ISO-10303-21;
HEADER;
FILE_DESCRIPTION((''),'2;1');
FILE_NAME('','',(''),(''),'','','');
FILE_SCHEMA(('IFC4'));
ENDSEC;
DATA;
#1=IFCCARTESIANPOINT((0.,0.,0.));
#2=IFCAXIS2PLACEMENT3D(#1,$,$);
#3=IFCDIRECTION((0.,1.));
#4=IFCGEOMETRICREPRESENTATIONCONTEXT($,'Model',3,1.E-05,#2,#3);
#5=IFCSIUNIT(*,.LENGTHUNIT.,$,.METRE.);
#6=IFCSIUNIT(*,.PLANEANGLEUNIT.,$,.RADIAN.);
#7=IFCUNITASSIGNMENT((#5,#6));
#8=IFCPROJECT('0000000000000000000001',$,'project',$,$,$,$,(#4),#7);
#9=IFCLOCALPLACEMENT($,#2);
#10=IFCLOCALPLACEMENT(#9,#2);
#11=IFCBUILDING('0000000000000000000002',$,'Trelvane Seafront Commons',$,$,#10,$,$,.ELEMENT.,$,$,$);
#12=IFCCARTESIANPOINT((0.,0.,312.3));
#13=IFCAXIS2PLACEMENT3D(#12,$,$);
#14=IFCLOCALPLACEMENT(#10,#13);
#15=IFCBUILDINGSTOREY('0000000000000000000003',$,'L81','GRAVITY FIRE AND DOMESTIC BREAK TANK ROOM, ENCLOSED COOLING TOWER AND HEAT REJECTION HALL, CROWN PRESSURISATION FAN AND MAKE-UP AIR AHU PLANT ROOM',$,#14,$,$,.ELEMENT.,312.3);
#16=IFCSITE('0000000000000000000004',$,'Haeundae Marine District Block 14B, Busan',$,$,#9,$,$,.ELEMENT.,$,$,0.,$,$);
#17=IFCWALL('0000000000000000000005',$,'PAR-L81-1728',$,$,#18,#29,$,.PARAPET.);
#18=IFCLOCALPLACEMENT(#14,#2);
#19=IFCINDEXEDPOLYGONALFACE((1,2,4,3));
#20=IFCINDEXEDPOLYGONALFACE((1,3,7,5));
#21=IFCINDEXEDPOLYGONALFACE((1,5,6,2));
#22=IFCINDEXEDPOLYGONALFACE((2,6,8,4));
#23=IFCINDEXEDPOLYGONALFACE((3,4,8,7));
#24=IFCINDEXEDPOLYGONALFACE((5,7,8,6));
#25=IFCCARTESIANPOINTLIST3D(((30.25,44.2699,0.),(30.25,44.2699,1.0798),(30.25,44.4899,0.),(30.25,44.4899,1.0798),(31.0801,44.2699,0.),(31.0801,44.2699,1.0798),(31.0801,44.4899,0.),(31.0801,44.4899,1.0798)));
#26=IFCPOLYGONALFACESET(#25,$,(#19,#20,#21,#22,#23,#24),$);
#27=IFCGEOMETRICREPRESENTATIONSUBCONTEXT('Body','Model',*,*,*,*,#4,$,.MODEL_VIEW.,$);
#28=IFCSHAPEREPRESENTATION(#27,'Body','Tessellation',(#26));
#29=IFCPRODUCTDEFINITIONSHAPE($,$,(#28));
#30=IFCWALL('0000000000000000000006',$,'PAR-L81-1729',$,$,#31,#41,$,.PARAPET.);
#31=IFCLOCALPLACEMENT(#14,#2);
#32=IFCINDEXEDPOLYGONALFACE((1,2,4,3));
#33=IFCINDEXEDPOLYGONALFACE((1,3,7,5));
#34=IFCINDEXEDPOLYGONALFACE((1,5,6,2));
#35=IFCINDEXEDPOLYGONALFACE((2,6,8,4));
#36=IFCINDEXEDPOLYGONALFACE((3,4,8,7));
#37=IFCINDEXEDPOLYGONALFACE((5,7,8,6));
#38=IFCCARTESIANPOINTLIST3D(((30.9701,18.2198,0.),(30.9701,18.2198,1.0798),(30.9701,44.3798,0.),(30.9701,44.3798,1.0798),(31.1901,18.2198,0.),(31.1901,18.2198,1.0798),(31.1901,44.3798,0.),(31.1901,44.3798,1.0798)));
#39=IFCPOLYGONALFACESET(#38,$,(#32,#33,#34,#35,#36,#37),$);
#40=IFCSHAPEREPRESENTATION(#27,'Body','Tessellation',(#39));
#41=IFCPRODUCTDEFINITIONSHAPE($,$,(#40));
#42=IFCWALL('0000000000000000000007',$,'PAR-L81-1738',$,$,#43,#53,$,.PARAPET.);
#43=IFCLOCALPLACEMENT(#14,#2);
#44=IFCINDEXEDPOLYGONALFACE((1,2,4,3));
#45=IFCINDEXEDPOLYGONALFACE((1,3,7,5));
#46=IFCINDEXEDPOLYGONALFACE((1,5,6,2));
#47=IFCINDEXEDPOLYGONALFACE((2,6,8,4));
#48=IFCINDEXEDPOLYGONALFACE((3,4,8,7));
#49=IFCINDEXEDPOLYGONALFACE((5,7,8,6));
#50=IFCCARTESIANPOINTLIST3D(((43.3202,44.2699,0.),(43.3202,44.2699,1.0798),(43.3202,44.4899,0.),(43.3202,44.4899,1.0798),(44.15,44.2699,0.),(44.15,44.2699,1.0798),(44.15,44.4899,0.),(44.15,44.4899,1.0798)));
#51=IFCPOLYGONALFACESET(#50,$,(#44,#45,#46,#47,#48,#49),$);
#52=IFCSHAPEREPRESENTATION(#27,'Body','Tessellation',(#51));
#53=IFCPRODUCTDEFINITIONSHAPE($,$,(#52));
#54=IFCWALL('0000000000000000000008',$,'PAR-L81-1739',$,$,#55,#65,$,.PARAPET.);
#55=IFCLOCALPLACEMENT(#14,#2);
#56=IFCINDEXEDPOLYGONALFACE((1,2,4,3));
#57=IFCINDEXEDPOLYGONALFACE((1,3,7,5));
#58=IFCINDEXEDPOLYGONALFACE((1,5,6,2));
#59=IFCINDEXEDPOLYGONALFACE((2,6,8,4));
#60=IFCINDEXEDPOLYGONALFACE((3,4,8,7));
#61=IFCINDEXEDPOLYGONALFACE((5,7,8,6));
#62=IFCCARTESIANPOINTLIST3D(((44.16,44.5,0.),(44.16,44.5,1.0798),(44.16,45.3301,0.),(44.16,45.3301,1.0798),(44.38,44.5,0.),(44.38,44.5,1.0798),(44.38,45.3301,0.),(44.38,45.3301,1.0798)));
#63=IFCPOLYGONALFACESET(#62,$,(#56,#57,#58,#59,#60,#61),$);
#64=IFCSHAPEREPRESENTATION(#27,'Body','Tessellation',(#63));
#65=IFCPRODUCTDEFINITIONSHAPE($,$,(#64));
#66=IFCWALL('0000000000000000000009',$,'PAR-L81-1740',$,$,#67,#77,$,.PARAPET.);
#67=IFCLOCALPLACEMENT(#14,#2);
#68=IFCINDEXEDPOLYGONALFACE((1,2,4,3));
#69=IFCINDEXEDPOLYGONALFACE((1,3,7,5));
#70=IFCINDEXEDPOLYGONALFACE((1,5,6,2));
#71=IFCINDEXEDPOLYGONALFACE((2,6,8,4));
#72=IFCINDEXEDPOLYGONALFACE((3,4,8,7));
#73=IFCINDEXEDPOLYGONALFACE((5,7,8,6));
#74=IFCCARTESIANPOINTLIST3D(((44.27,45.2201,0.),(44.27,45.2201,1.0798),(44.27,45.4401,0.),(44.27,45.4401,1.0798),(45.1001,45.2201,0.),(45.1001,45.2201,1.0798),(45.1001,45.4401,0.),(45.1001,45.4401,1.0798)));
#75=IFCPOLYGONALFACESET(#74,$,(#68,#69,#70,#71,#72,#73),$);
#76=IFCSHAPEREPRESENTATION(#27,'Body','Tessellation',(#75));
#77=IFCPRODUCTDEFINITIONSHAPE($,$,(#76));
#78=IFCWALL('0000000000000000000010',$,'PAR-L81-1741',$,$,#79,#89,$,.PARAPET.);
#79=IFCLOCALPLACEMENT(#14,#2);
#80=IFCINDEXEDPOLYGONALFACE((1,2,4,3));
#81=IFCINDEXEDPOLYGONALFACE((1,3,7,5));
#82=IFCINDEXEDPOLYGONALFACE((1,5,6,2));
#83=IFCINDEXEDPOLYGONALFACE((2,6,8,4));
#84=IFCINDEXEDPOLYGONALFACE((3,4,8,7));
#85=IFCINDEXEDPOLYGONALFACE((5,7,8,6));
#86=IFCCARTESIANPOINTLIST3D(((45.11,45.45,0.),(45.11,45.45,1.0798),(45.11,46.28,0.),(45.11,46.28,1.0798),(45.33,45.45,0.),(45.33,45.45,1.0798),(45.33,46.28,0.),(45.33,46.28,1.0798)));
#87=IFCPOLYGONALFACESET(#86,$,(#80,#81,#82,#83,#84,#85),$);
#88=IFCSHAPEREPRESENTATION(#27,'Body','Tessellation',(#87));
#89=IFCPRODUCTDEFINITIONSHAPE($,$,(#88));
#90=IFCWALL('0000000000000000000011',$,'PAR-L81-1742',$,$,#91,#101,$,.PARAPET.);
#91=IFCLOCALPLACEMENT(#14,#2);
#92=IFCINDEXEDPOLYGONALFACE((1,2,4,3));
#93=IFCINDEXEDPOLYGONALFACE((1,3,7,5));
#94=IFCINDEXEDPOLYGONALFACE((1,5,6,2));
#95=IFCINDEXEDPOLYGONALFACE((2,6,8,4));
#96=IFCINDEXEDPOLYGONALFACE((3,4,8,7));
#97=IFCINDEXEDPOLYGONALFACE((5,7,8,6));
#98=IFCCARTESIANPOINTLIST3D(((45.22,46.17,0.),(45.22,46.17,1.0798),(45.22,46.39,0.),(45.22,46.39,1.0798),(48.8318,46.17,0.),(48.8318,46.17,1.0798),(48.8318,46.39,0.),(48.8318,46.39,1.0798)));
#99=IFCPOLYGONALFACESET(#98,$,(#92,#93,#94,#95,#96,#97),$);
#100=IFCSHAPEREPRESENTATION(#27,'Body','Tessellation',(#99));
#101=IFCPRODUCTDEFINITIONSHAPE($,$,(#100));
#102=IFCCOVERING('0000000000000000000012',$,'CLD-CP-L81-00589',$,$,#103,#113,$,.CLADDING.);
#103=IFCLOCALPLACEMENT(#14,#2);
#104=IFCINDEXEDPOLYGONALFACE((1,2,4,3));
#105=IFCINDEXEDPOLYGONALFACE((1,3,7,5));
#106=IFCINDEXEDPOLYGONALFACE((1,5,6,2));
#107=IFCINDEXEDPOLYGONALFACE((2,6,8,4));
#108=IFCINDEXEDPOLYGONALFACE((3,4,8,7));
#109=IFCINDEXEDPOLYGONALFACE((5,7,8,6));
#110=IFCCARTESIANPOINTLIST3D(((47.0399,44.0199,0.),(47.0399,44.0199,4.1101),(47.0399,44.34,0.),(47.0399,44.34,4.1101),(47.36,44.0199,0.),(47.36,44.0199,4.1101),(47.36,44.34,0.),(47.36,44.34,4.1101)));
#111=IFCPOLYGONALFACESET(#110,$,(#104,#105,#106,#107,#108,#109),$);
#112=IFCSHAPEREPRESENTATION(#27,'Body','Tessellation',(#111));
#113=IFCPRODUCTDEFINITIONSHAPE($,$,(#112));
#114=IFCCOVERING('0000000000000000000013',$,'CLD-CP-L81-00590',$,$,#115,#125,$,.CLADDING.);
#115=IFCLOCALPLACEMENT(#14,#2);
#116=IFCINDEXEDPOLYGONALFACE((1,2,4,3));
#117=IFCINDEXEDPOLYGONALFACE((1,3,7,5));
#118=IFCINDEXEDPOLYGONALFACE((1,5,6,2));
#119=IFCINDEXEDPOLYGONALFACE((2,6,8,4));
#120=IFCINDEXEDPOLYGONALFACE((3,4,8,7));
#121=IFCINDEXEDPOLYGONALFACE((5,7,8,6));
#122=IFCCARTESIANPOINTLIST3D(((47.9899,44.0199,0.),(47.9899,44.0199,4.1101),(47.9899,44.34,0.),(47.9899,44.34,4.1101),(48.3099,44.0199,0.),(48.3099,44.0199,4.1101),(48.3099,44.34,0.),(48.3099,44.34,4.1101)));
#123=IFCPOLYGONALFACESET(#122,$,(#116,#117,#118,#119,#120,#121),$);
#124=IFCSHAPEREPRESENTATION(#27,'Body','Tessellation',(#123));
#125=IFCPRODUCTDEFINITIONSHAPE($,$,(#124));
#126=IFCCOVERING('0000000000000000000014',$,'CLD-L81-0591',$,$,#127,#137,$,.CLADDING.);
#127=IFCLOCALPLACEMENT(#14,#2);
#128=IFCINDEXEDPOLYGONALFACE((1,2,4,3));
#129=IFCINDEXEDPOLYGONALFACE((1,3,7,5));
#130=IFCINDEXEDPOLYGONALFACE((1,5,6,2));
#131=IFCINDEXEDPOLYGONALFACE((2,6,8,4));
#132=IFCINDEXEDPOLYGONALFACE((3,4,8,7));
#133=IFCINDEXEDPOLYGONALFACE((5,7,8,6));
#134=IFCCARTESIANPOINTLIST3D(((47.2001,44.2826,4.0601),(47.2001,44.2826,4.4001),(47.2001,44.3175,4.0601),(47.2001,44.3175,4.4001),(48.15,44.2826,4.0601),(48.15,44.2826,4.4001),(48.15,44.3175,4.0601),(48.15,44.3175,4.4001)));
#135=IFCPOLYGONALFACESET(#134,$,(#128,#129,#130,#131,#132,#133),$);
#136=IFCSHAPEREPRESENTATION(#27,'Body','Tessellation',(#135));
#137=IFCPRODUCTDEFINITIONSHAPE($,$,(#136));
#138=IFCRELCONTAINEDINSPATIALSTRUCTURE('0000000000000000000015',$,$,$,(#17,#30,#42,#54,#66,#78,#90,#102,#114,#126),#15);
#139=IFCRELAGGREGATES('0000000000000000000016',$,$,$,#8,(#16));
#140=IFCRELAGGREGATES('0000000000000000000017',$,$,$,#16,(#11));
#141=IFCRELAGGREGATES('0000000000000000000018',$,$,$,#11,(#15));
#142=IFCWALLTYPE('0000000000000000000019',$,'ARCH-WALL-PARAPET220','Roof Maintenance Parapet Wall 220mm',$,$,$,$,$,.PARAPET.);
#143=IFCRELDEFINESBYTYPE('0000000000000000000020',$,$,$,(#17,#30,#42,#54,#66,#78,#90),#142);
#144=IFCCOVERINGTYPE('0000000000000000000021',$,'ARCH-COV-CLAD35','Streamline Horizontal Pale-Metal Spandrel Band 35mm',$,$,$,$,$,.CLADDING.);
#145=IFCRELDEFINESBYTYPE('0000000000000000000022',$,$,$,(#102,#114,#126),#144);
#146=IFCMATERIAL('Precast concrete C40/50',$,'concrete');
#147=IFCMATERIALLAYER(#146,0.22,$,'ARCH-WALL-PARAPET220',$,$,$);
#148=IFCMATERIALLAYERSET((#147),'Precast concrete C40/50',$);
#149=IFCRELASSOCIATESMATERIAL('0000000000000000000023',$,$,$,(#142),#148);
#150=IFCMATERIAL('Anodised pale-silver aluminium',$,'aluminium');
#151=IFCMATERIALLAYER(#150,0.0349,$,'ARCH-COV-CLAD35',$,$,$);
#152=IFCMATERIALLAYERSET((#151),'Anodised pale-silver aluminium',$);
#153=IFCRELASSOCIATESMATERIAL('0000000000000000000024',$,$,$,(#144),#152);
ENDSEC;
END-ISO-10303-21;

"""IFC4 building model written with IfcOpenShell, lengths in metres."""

from ifc_helpers import new_model, si_unit, direction, frame, frame_2d, origin, origin_2d, place, context, subcontext, project, spatial, rectangle, extrude, source, transform, mapped, material, layer, layer_set, type_object, element, save


model = new_model("IFC4")

# Units and contexts
model_context = context("Model", 3, precision=1e-05, world=origin(), true_north=direction((0.0, 1.0)))
body_context = subcontext(model_context, "Body", "Model", "MODEL_VIEW")
ifc_project = project(units=[si_unit("LENGTHUNIT", "METRE"), si_unit("PLANEANGLEUNIT", "RADIAN")], contexts=[model_context])

# Site, building, storey
site_placement = place(None, origin())
site = spatial("IfcSite", under=ifc_project, at=site_placement, Name="Haeundae Marine District Block 14B, Busan", CompositionType="ELEMENT", RefElevation=0.0)
building_placement = place(site_placement, origin())
building = spatial("IfcBuilding", under=site, at=building_placement, Name="Trelvane Seafront Commons", CompositionType="ELEMENT")
storey_placement = place(building_placement, frame((0.0, 0.0, 312.3)))
storey = spatial("IfcBuildingStorey", under=building, at=storey_placement, Name="L81", Description="GRAVITY FIRE AND DOMESTIC BREAK TANK ROOM, ENCLOSED COOLING TOWER AND HEAT REJECTION HALL, CROWN PRESSURISATION FAN AND MAKE-UP AIR AHU PLANT ROOM", CompositionType="ELEMENT", Elevation=312.3)

# Shared definitions
ifc_material_1 = material(Name="Anodised pale-silver aluminium", Category="aluminium")

# Walls
ifc_material_2 = material(Name="Precast concrete C40/50", Category="concrete")
ifc_layer_1 = layer(ifc_material_2, 0.22, Name="ARCH-WALL-PARAPET220")
ifc_layer_set_1 = layer_set([ifc_layer_1], Name="Precast concrete C40/50")
wall_type_1 = type_object("IfcWallType", Name="ARCH-WALL-PARAPET220", Description="Roof Maintenance Parapet Wall 220mm", PredefinedType="PARAPET", material=ifc_layer_set_1)
for number, where, z_axis, x_axis, name in (
    (1, (30.25, 44.3799, 0.0), (0.0, 0.0, 1.0), (1.0, 0.0, 0.0), "PAR-L81-1728"),
):
    element("IfcWall", number, at=place(storey_placement, frame(where, z_axis=z_axis, x_axis=x_axis)), inside=storey, type_object=wall_type_1, Name=name, PredefinedType="PARAPET", context=body_context, shape_type="SweptSolid", body=[
        extrude(rectangle(XDim=0.8301, YDim=0.22, at=frame_2d((0.415, 0.0))), origin(), (0.0, 0.0, 1.0), 1.0798),
    ])
wall_1_placement = place(storey_placement, frame((31.0801, 44.3799, 0.0), z_axis=(0.0, 0.0, 1.0), x_axis=(0.0, -1.0, 0.0)))
element("IfcWall", 2, at=wall_1_placement, inside=storey, type_object=wall_type_1, Name="PAR-L81-1729", PredefinedType="PARAPET", context=body_context, shape_type="SweptSolid", body=[
    extrude(rectangle(XDim=26.1599, YDim=0.22, at=frame_2d((13.0801, 0.0))), origin(), (0.0, 0.0, 1.0), 1.0798),
])
wall_2_placement = place(storey_placement, frame((43.3201, 44.3799, 0.0), z_axis=(0.0, 0.0, 1.0), x_axis=(1.0, 0.0, 0.0)))
element("IfcWall", 3, at=wall_2_placement, inside=storey, type_object=wall_type_1, Name="PAR-L81-1738", PredefinedType="PARAPET", context=body_context, shape_type="SweptSolid", body=[
    extrude(rectangle(XDim=0.8298, YDim=0.22, at=frame_2d((0.415, 0.0))), origin(), (0.0, 0.0, 1.0), 1.0798),
])
for number, where, z_axis, x_axis, name in (
    (4, (44.27, 44.5, 0.0), (0.0, 0.0, 1.0), (0.0, 1.0, 0.0), "PAR-L81-1739"),
    (5, (44.27, 45.3301, 0.0), (0.0, 0.0, 1.0), (1.0, 0.0, 0.0), "PAR-L81-1740"),
    (6, (45.22, 45.45, 0.0), (0.0, 0.0, 1.0), (0.0, 1.0, 0.0), "PAR-L81-1741"),
):
    element("IfcWall", number, at=place(storey_placement, frame(where, z_axis=z_axis, x_axis=x_axis)), inside=storey, type_object=wall_type_1, Name=name, PredefinedType="PARAPET", context=body_context, shape_type="SweptSolid", body=[
        extrude(rectangle(XDim=0.8301, YDim=0.22, at=frame_2d((0.415, 0.0))), origin(), (0.0, 0.0, 1.0), 1.0798),
    ])
wall_3_placement = place(storey_placement, frame((45.22, 46.28, 0.0), z_axis=(0.0, 0.0, 1.0), x_axis=(1.0, 0.0, 0.0)))
element("IfcWall", 7, at=wall_3_placement, inside=storey, type_object=wall_type_1, Name="PAR-L81-1742", PredefinedType="PARAPET", context=body_context, shape_type="SweptSolid", body=[
    extrude(rectangle(XDim=3.6118, YDim=0.22, at=frame_2d((1.8059, 0.0))), origin(), (0.0, 0.0, 1.0), 1.0798),
])

# Coverings
ifc_layer_2 = layer(ifc_material_1, 0.0349, Name="ARCH-COV-CLAD35")
ifc_layer_set_2 = layer_set([ifc_layer_2], Name="Anodised pale-silver aluminium")
covering_type = type_object("IfcCoveringType", Name="ARCH-COV-CLAD35", Description="Streamline Horizontal Pale-Metal Spandrel Band 35mm", PredefinedType="CLADDING", material=ifc_layer_set_2)
shared_shape_1 = source(origin(), body_context, "Body", "SweptSolid", [
    extrude(rectangle(XDim=0.3201, YDim=0.3201, at=origin_2d()), origin(), (0.0, 0.0, 1.0), 4.1101),
])
for number, where, z_axis, x_axis, name in (
    (8, (47.2, 44.1799, 0.0), (0.0, 0.0, 1.0), (1.0, 0.0, 0.0), "CLD-CP-L81-00589"),
    (9, (48.1499, 44.1799, 0.0), (0.0, 0.0, 1.0), (1.0, 0.0, 0.0), "CLD-CP-L81-00590"),
):
    element("IfcCovering", number, at=place(storey_placement, frame(where, z_axis=z_axis, x_axis=x_axis)), inside=storey, type_object=covering_type, Name=name, PredefinedType="CLADDING", context=body_context, shape_type="MappedRepresentation", body=[
        mapped(shared_shape_1, transform((0.0, 0.0, 0.0), x_axis=(1.0, 0.0, 0.0), y_axis=(0.0, 1.0, 0.0), z_axis=(0.0, 0.0, 1.0), scale=1.0)),
    ])
shared_shape_2 = source(origin(), body_context, "Body", "SweptSolid", [
    extrude(rectangle(XDim=0.95, YDim=0.0349, at=origin_2d()), origin(), (0.0, 0.0, 1.0), 0.3401),
])
covering_placement = place(storey_placement, frame((47.675, 44.3, 4.0601), z_axis=(0.0, 0.0, 1.0), x_axis=(1.0, 0.0, 0.0)))
element("IfcCovering", 10, at=covering_placement, inside=storey, type_object=covering_type, Name="CLD-L81-0591", PredefinedType="CLADDING", context=body_context, shape_type="MappedRepresentation", body=[
    mapped(shared_shape_2, transform((0.0, 0.0, 0.0), x_axis=(1.0, 0.0, 0.0), y_axis=(0.0, 1.0, 0.0), z_axis=(0.0, 0.0, 1.0), scale=1.0)),
])

save(model, "model.ifc")
